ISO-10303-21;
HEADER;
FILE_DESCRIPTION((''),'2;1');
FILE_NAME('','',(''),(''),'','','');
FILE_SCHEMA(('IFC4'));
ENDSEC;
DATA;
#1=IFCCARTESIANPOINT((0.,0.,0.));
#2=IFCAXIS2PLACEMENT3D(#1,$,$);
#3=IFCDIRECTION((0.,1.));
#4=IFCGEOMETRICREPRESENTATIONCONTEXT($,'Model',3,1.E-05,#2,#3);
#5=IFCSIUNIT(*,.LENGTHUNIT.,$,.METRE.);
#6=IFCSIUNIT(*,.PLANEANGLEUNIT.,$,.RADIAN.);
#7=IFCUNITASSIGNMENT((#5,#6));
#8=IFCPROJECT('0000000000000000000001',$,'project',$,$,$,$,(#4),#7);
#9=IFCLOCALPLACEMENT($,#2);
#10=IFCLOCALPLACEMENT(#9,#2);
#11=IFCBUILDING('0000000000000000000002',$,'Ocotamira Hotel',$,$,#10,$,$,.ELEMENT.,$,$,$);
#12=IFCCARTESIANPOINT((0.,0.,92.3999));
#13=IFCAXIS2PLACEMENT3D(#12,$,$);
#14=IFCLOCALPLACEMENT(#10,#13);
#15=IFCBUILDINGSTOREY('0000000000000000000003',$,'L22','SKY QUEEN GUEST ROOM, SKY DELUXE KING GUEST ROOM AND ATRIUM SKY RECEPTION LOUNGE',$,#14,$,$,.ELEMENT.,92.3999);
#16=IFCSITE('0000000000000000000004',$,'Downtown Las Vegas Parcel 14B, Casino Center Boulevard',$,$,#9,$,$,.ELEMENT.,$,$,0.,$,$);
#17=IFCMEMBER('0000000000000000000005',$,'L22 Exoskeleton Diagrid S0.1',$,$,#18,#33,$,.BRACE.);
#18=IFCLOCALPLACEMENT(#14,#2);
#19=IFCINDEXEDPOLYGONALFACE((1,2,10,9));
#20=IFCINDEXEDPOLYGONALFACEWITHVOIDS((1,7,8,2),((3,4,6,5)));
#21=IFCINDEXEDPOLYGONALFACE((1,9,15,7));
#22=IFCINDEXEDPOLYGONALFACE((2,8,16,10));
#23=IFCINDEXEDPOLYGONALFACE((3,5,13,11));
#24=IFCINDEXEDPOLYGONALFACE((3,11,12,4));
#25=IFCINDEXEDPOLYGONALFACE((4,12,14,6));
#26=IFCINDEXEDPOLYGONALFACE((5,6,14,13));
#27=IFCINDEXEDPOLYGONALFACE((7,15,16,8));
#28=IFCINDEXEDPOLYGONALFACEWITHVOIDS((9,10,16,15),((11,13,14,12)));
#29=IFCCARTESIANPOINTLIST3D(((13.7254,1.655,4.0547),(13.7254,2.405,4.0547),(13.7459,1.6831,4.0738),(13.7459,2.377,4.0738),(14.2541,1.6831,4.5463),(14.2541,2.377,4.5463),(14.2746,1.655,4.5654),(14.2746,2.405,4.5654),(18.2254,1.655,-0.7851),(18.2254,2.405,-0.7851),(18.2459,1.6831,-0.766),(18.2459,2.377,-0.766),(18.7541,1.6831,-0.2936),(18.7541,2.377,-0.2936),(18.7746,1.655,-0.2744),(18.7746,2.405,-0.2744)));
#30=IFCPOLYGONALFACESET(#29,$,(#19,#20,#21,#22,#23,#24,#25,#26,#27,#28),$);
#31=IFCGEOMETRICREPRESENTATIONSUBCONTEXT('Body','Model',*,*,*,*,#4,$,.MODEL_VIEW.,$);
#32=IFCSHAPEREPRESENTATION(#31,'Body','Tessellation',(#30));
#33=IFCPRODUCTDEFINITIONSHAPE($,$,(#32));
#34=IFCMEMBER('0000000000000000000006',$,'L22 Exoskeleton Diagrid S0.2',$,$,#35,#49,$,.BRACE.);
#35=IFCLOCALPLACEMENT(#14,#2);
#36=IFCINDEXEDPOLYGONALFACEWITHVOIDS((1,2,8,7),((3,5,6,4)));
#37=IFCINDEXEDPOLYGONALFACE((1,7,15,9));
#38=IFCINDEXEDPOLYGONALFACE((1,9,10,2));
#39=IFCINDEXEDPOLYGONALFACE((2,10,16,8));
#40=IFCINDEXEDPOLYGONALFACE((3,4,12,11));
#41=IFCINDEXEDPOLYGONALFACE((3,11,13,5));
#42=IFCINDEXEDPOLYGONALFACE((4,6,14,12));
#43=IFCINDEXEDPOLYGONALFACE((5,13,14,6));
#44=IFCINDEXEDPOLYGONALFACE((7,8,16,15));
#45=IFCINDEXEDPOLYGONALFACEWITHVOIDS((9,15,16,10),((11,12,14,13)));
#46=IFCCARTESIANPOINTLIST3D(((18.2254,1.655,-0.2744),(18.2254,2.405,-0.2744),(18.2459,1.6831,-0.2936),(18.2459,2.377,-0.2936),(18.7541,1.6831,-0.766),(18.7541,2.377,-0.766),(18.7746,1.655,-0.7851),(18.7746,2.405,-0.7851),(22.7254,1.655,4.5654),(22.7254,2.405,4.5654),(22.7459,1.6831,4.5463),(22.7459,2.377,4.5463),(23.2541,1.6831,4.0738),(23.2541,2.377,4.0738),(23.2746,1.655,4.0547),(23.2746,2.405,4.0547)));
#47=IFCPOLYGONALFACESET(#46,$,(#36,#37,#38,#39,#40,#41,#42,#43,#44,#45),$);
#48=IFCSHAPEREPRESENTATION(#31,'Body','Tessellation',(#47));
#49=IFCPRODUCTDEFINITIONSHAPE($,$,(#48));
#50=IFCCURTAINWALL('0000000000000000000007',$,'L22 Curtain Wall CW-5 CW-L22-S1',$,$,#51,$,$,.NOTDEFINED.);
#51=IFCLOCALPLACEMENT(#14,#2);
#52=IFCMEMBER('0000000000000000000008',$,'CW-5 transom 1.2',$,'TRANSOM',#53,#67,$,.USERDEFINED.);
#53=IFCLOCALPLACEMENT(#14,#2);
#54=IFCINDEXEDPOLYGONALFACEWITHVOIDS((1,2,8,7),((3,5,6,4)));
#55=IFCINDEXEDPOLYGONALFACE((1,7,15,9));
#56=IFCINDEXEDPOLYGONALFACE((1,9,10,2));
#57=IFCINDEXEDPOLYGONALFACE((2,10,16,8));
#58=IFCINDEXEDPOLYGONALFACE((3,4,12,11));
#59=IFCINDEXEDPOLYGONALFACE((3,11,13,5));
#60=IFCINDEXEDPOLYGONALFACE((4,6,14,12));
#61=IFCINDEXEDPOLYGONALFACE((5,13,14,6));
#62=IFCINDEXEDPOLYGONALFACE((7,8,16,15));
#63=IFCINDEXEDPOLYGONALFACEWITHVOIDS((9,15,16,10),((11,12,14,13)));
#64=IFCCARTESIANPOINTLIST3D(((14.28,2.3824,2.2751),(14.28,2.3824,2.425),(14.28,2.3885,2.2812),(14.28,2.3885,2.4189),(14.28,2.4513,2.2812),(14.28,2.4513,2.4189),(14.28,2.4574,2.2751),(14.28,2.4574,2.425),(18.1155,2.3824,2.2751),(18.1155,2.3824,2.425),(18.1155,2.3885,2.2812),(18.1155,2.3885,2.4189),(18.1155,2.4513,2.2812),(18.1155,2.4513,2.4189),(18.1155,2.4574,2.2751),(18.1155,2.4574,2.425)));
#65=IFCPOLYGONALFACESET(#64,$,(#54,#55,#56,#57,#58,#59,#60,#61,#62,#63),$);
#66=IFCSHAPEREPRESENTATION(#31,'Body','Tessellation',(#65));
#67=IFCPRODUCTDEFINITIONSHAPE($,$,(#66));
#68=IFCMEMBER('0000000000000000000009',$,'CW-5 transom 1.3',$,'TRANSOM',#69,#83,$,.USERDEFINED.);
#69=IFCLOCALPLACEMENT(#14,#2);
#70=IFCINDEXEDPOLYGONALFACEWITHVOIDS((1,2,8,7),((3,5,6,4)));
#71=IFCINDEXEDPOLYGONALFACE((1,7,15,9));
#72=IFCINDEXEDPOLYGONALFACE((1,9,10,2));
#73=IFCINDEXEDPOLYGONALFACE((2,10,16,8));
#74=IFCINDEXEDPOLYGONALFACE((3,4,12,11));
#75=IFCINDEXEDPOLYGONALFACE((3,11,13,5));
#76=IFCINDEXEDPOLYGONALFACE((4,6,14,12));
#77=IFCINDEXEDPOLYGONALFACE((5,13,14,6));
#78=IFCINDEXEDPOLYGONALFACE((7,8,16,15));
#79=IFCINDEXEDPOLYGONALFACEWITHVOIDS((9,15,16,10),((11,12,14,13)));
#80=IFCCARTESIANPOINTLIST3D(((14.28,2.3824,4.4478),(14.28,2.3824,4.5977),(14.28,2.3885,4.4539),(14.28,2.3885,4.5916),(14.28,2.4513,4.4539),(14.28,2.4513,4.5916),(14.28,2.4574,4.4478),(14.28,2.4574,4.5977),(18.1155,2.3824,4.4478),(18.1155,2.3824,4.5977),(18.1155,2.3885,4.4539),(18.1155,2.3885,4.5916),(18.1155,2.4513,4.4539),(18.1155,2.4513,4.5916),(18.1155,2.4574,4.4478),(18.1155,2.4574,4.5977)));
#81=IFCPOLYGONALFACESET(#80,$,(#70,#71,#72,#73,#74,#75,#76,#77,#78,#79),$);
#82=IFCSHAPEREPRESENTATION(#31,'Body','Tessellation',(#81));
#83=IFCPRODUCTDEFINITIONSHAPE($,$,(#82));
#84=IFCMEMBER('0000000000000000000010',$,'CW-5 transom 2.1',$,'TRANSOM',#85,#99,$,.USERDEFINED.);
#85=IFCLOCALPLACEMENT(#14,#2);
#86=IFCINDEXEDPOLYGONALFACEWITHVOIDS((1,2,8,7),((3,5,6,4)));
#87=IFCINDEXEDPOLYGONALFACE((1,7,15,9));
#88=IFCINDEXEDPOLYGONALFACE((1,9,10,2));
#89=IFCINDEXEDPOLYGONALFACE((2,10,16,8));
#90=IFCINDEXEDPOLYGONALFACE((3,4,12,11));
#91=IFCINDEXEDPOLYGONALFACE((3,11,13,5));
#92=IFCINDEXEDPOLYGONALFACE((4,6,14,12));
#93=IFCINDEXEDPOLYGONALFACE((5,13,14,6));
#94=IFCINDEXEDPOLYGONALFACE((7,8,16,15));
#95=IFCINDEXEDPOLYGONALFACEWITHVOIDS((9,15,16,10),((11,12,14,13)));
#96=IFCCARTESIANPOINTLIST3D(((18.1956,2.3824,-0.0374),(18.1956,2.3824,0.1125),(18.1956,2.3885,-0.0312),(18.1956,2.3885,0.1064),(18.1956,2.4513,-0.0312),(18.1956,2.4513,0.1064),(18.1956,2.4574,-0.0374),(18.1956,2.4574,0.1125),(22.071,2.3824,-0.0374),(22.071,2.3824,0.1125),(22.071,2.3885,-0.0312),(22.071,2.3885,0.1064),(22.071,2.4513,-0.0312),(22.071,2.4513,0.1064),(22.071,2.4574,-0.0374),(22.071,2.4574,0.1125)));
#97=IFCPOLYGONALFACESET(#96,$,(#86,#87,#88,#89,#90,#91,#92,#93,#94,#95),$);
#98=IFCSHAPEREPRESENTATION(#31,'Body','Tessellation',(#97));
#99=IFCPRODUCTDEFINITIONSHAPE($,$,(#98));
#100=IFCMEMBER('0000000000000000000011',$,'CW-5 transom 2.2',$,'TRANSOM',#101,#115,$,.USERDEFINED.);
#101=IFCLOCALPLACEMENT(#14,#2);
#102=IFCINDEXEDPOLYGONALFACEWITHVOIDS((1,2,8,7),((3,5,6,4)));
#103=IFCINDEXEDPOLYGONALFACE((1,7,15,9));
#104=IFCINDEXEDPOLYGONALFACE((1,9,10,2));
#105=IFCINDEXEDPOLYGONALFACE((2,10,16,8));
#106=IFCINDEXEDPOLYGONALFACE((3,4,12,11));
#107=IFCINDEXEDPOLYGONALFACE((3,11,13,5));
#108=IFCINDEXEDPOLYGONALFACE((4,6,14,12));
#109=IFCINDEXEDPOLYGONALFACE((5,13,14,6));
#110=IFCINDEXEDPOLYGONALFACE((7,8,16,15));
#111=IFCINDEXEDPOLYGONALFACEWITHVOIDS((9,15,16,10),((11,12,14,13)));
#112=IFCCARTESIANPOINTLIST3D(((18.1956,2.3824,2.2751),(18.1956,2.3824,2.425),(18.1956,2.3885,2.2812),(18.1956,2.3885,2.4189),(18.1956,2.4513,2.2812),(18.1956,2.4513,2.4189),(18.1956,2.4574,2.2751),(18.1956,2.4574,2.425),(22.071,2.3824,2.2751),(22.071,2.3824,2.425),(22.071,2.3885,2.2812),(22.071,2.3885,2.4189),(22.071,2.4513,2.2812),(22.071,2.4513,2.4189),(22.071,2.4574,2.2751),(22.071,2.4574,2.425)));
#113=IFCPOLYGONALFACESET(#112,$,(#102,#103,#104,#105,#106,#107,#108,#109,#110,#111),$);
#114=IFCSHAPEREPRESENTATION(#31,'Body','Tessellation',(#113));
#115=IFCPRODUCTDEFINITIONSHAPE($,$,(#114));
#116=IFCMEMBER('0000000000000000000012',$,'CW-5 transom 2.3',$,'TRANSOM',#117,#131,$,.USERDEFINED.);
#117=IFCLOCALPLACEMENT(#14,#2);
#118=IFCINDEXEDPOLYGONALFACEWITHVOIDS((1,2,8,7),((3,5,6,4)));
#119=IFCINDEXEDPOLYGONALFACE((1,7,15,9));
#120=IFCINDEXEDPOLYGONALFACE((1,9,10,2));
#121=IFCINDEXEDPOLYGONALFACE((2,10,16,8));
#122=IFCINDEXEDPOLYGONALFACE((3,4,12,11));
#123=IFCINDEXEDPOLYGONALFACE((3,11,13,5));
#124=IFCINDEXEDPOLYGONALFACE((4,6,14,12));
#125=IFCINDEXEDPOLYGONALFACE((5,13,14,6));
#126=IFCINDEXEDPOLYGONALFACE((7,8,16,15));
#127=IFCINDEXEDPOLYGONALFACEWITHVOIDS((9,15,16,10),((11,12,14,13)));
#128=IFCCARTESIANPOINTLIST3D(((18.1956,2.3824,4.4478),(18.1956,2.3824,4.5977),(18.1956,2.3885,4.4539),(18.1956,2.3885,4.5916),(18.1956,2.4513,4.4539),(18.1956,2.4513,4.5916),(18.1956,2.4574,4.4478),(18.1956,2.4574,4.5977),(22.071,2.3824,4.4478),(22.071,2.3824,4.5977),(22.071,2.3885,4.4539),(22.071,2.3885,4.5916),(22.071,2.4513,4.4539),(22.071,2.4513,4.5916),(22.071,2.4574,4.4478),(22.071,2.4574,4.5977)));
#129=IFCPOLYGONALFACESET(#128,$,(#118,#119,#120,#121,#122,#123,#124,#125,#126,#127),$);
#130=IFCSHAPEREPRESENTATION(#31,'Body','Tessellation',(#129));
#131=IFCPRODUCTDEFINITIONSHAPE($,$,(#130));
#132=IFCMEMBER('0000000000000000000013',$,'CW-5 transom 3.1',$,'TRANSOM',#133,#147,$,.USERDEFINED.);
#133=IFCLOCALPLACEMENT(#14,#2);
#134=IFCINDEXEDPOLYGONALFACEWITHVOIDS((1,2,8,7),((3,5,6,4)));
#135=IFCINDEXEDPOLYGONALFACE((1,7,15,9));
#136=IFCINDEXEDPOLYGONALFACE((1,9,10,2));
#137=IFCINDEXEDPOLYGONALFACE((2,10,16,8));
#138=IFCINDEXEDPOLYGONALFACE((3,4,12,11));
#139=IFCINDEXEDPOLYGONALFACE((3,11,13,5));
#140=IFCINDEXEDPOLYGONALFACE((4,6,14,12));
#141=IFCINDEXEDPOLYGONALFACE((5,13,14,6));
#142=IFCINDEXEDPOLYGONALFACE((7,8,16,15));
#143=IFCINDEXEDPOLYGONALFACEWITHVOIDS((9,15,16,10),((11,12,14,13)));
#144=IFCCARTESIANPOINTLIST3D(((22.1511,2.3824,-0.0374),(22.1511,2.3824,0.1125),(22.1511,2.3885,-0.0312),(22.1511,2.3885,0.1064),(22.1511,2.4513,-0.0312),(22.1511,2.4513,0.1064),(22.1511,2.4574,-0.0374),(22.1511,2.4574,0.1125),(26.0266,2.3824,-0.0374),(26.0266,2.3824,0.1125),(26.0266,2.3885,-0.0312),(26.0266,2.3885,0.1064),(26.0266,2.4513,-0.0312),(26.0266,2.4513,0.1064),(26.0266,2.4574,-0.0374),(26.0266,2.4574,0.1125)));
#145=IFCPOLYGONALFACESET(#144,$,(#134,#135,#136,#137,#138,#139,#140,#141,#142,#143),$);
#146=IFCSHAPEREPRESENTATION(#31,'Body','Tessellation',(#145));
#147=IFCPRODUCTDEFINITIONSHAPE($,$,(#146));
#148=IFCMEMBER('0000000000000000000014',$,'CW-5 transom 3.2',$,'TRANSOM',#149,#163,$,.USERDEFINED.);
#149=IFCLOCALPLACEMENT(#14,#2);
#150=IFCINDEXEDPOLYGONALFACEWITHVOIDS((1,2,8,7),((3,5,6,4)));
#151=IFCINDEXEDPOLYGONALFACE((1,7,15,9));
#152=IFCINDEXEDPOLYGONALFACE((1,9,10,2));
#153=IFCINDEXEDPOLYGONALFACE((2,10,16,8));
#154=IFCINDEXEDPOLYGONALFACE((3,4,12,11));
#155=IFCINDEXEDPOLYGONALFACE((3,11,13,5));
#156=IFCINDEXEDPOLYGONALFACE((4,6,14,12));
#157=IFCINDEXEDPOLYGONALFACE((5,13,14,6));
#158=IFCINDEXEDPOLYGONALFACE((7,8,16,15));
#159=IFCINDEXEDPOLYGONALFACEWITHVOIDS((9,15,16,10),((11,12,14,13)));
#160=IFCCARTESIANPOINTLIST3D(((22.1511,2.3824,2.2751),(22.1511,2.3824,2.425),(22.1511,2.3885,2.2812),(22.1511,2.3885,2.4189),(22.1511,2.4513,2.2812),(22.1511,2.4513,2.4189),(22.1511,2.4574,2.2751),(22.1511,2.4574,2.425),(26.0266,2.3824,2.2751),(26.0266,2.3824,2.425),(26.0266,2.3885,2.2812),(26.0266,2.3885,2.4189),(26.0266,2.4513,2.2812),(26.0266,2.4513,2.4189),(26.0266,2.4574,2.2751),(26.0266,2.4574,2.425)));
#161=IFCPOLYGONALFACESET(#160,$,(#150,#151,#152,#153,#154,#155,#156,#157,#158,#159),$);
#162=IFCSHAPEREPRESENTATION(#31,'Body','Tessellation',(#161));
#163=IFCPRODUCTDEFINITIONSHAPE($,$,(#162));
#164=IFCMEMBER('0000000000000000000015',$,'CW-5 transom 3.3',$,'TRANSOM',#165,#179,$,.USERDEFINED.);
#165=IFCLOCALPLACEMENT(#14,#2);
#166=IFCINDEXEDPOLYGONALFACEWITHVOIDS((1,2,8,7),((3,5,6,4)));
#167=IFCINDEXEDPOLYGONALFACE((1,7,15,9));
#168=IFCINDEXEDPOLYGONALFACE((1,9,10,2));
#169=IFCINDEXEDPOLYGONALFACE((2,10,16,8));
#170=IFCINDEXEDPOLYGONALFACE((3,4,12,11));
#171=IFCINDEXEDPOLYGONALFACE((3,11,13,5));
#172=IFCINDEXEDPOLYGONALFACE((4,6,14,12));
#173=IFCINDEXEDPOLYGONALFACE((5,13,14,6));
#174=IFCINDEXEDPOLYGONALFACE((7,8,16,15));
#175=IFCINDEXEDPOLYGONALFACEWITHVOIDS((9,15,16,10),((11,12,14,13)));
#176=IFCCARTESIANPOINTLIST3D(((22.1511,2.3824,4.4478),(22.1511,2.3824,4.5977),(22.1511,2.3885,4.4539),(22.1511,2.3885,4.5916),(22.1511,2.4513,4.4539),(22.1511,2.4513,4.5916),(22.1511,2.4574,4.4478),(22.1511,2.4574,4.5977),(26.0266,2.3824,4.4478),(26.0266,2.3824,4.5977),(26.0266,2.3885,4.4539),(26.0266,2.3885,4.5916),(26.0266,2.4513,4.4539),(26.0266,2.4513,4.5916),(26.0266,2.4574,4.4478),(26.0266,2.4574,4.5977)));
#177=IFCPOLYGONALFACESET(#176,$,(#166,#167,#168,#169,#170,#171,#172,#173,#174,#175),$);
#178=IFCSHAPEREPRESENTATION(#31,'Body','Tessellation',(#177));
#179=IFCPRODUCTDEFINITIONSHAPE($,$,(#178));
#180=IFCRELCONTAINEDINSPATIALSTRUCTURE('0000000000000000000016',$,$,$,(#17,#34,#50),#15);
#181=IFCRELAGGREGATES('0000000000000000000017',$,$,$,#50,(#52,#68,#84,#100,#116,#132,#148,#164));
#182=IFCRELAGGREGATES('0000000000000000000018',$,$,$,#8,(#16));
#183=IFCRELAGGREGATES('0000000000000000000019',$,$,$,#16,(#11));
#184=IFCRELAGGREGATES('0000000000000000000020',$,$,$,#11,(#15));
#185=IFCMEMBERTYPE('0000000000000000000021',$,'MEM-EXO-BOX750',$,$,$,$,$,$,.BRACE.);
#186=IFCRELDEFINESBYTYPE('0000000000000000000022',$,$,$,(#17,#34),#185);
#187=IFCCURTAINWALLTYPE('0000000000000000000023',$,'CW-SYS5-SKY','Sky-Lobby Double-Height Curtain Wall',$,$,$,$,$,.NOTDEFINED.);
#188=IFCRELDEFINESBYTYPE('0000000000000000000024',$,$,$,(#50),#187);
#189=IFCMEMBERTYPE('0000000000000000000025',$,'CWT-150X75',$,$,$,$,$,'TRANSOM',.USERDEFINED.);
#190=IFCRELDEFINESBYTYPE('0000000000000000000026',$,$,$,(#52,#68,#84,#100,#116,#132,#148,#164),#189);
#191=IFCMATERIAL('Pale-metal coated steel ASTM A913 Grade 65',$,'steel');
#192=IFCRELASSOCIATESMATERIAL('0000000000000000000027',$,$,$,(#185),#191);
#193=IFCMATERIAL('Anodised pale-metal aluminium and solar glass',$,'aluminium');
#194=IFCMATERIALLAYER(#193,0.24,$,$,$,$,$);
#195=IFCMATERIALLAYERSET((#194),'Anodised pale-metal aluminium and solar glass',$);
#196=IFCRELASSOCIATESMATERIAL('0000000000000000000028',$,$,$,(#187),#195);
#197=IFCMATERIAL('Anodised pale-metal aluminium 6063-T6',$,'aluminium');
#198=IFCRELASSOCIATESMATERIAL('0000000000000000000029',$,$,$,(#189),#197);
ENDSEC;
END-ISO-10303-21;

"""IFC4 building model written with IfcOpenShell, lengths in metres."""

from ifc_helpers import new_model, si_unit, direction, frame, origin, origin_2d, place, context, subcontext, project, spatial, hollow_rectangle, extrude, source, transform, mapped, material, layer, layer_set, material_profile, profile_set, type_object, element, aggregate, save


model = new_model("IFC4")

# Units and contexts
model_context = context("Model", 3, precision=1e-05, world=origin(), true_north=direction((0.0, 1.0)))
body_context = subcontext(model_context, "Body", "Model", "MODEL_VIEW")
ifc_project = project(units=[si_unit("LENGTHUNIT", "METRE"), si_unit("PLANEANGLEUNIT", "RADIAN")], contexts=[model_context])

# Site, building, storey
site_placement = place(None, origin())
site = spatial("IfcSite", under=ifc_project, at=site_placement, Name="Downtown Las Vegas Parcel 14B, Casino Center Boulevard", CompositionType="ELEMENT", RefElevation=0.0)
building_placement = place(site_placement, origin())
building = spatial("IfcBuilding", under=site, at=building_placement, Name="Ocotamira Hotel", CompositionType="ELEMENT")
storey_placement = place(building_placement, frame((0.0, 0.0, 92.3999)))
storey = spatial("IfcBuildingStorey", under=building, at=storey_placement, Name="L22", Description="SKY QUEEN GUEST ROOM, SKY DELUXE KING GUEST ROOM AND ATRIUM SKY RECEPTION LOUNGE", CompositionType="ELEMENT", Elevation=92.3999)

# Members
ifc_material_1 = material(Name="Pale-metal coated steel ASTM A913 Grade 65", Category="steel")
ifc_material_profile_1 = material_profile(ifc_material_1, hollow_rectangle(XDim=0.75, YDim=0.75, WallThickness=0.0281, at=origin_2d()), Name="BOX750X750X28")
ifc_profile_set_1 = profile_set([ifc_material_profile_1], Name="Pale-metal coated steel ASTM A913 Grade 65")
member_type_1 = type_object("IfcMemberType", Name="MEM-EXO-BOX750", PredefinedType="BRACE", material=ifc_profile_set_1)
shared_shape_1 = source(origin(), body_context, "Body", "SweptSolid", [
    extrude(hollow_rectangle(XDim=0.75, YDim=0.75, WallThickness=0.0281, at=origin_2d()), origin(), (0.0, 0.0, 1.0), 6.6086),
])
for number, where, z_axis, x_axis, name in (
    (1, (18.5, 2.03, -0.5298), (-0.680927, 0.0, 0.732351), (0.0, -1.0, 0.0), "L22 Exoskeleton Diagrid S0.1"),
    (2, (18.5, 2.03, -0.5298), (0.680927, 0.0, 0.732351), (0.0, 1.0, 0.0), "L22 Exoskeleton Diagrid S0.2"),
):
    element("IfcMember", number, at=place(storey_placement, frame(where, z_axis=z_axis, x_axis=x_axis)), inside=storey, type_object=member_type_1, Name=name, PredefinedType="BRACE", context=body_context, shape_type="MappedRepresentation", body=[
        mapped(shared_shape_1, transform((0.0, 0.0, 0.0), scale=1.0)),
    ])

# Curtain wall, members
ifc_material_2 = material(Name="Anodised pale-metal aluminium and solar glass", Category="aluminium")
ifc_layer_1 = layer(ifc_material_2, 0.24)
ifc_layer_set_1 = layer_set([ifc_layer_1], Name="Anodised pale-metal aluminium and solar glass")
curtain_wall_type = type_object("IfcCurtainWallType", Name="CW-SYS5-SKY", Description="Sky-Lobby Double-Height Curtain Wall", PredefinedType="NOTDEFINED", material=ifc_layer_set_1)
curtain_wall_placement = place(storey_placement, origin())
curtain_wall = element("IfcCurtainWall", 3, at=curtain_wall_placement, inside=storey, type_object=curtain_wall_type, Name="L22 Curtain Wall CW-5 CW-L22-S1", PredefinedType="NOTDEFINED")
ifc_material_3 = material(Name="Anodised pale-metal aluminium 6063-T6", Category="aluminium")
ifc_material_profile_2 = material_profile(ifc_material_3, hollow_rectangle(XDim=0.075, YDim=0.1499, WallThickness=0.0061, at=origin_2d()), Name="HSS150X75X6")
ifc_profile_set_2 = profile_set([ifc_material_profile_2], Name="Anodised pale-metal aluminium 6063-T6")
member_type_2 = type_object("IfcMemberType", Name="CWT-150X75", ElementType="TRANSOM", PredefinedType="USERDEFINED", material=ifc_profile_set_2)
shared_shape_2 = source(origin(), body_context, "Body", "SweptSolid", [
    extrude(hollow_rectangle(XDim=0.075, YDim=0.1499, WallThickness=0.0061, at=origin_2d()), origin(), (0.0, 0.0, 1.0), 3.8354),
])
member_1_placement = place(storey_placement, frame((14.28, 2.4199, 2.3501), z_axis=(1.0, 0.0, 0.0), x_axis=(0.0, 1.0, 0.0)))
member_1 = element("IfcMember", 4, at=member_1_placement, type_object=member_type_2, Name="CW-5 transom 1.2", ObjectType="TRANSOM", PredefinedType="USERDEFINED", context=body_context, shape_type="MappedRepresentation", body=[
    mapped(shared_shape_2, transform((0.0, 0.0, 0.0), scale=1.0)),
])
member_2_placement = place(storey_placement, frame((14.28, 2.4199, 4.5227), z_axis=(1.0, 0.0, 0.0), x_axis=(0.0, 1.0, 0.0)))
member_2 = element("IfcMember", 5, at=member_2_placement, type_object=member_type_2, Name="CW-5 transom 1.3", ObjectType="TRANSOM", PredefinedType="USERDEFINED", context=body_context, shape_type="MappedRepresentation", body=[
    mapped(shared_shape_2, transform((0.0, 0.0, 0.0), scale=1.0)),
])
shared_shape_3 = source(origin(), body_context, "Body", "SweptSolid", [
    extrude(hollow_rectangle(XDim=0.075, YDim=0.1499, WallThickness=0.0061, at=origin_2d()), origin(), (0.0, 0.0, 1.0), 3.8755),
])
member_3_placement = place(storey_placement, frame((18.1956, 2.4199, 0.0376), z_axis=(1.0, 0.0, 0.0), x_axis=(0.0, 1.0, 0.0)))
member_3 = element("IfcMember", 6, at=member_3_placement, type_object=member_type_2, Name="CW-5 transom 2.1", ObjectType="TRANSOM", PredefinedType="USERDEFINED", context=body_context, shape_type="MappedRepresentation", body=[
    mapped(shared_shape_3, transform((0.0, 0.0, 0.0), scale=1.0)),
])
member_4_placement = place(storey_placement, frame((18.1956, 2.4199, 2.3501), z_axis=(1.0, 0.0, 0.0), x_axis=(0.0, 1.0, 0.0)))
member_4 = element("IfcMember", 7, at=member_4_placement, type_object=member_type_2, Name="CW-5 transom 2.2", ObjectType="TRANSOM", PredefinedType="USERDEFINED", context=body_context, shape_type="MappedRepresentation", body=[
    mapped(shared_shape_3, transform((0.0, 0.0, 0.0), scale=1.0)),
])
member_5_placement = place(storey_placement, frame((18.1956, 2.4199, 4.5227), z_axis=(1.0, 0.0, 0.0), x_axis=(0.0, 1.0, 0.0)))
member_5 = element("IfcMember", 8, at=member_5_placement, type_object=member_type_2, Name="CW-5 transom 2.3", ObjectType="TRANSOM", PredefinedType="USERDEFINED", context=body_context, shape_type="MappedRepresentation", body=[
    mapped(shared_shape_3, transform((0.0, 0.0, 0.0), scale=1.0)),
])
member_6_placement = place(storey_placement, frame((22.1511, 2.4199, 0.0376), z_axis=(1.0, 0.0, 0.0), x_axis=(0.0, 1.0, 0.0)))
member_6 = element("IfcMember", 9, at=member_6_placement, type_object=member_type_2, Name="CW-5 transom 3.1", ObjectType="TRANSOM", PredefinedType="USERDEFINED", context=body_context, shape_type="MappedRepresentation", body=[
    mapped(shared_shape_3, transform((0.0, 0.0, 0.0), scale=1.0)),
])
member_7_placement = place(storey_placement, frame((22.1511, 2.4199, 2.3501), z_axis=(1.0, 0.0, 0.0), x_axis=(0.0, 1.0, 0.0)))
member_7 = element("IfcMember", 10, at=member_7_placement, type_object=member_type_2, Name="CW-5 transom 3.2", ObjectType="TRANSOM", PredefinedType="USERDEFINED", context=body_context, shape_type="MappedRepresentation", body=[
    mapped(shared_shape_3, transform((0.0, 0.0, 0.0), scale=1.0)),
])
member_8_placement = place(storey_placement, frame((22.1511, 2.4199, 4.5227), z_axis=(1.0, 0.0, 0.0), x_axis=(0.0, 1.0, 0.0)))
member_8 = element("IfcMember", 11, at=member_8_placement, type_object=member_type_2, Name="CW-5 transom 3.3", ObjectType="TRANSOM", PredefinedType="USERDEFINED", context=body_context, shape_type="MappedRepresentation", body=[
    mapped(shared_shape_3, transform((0.0, 0.0, 0.0), scale=1.0)),
])

aggregate(curtain_wall, [member_1, member_2, member_3, member_4, member_5, member_6, member_7, member_8])

save(model, "model.ifc")
